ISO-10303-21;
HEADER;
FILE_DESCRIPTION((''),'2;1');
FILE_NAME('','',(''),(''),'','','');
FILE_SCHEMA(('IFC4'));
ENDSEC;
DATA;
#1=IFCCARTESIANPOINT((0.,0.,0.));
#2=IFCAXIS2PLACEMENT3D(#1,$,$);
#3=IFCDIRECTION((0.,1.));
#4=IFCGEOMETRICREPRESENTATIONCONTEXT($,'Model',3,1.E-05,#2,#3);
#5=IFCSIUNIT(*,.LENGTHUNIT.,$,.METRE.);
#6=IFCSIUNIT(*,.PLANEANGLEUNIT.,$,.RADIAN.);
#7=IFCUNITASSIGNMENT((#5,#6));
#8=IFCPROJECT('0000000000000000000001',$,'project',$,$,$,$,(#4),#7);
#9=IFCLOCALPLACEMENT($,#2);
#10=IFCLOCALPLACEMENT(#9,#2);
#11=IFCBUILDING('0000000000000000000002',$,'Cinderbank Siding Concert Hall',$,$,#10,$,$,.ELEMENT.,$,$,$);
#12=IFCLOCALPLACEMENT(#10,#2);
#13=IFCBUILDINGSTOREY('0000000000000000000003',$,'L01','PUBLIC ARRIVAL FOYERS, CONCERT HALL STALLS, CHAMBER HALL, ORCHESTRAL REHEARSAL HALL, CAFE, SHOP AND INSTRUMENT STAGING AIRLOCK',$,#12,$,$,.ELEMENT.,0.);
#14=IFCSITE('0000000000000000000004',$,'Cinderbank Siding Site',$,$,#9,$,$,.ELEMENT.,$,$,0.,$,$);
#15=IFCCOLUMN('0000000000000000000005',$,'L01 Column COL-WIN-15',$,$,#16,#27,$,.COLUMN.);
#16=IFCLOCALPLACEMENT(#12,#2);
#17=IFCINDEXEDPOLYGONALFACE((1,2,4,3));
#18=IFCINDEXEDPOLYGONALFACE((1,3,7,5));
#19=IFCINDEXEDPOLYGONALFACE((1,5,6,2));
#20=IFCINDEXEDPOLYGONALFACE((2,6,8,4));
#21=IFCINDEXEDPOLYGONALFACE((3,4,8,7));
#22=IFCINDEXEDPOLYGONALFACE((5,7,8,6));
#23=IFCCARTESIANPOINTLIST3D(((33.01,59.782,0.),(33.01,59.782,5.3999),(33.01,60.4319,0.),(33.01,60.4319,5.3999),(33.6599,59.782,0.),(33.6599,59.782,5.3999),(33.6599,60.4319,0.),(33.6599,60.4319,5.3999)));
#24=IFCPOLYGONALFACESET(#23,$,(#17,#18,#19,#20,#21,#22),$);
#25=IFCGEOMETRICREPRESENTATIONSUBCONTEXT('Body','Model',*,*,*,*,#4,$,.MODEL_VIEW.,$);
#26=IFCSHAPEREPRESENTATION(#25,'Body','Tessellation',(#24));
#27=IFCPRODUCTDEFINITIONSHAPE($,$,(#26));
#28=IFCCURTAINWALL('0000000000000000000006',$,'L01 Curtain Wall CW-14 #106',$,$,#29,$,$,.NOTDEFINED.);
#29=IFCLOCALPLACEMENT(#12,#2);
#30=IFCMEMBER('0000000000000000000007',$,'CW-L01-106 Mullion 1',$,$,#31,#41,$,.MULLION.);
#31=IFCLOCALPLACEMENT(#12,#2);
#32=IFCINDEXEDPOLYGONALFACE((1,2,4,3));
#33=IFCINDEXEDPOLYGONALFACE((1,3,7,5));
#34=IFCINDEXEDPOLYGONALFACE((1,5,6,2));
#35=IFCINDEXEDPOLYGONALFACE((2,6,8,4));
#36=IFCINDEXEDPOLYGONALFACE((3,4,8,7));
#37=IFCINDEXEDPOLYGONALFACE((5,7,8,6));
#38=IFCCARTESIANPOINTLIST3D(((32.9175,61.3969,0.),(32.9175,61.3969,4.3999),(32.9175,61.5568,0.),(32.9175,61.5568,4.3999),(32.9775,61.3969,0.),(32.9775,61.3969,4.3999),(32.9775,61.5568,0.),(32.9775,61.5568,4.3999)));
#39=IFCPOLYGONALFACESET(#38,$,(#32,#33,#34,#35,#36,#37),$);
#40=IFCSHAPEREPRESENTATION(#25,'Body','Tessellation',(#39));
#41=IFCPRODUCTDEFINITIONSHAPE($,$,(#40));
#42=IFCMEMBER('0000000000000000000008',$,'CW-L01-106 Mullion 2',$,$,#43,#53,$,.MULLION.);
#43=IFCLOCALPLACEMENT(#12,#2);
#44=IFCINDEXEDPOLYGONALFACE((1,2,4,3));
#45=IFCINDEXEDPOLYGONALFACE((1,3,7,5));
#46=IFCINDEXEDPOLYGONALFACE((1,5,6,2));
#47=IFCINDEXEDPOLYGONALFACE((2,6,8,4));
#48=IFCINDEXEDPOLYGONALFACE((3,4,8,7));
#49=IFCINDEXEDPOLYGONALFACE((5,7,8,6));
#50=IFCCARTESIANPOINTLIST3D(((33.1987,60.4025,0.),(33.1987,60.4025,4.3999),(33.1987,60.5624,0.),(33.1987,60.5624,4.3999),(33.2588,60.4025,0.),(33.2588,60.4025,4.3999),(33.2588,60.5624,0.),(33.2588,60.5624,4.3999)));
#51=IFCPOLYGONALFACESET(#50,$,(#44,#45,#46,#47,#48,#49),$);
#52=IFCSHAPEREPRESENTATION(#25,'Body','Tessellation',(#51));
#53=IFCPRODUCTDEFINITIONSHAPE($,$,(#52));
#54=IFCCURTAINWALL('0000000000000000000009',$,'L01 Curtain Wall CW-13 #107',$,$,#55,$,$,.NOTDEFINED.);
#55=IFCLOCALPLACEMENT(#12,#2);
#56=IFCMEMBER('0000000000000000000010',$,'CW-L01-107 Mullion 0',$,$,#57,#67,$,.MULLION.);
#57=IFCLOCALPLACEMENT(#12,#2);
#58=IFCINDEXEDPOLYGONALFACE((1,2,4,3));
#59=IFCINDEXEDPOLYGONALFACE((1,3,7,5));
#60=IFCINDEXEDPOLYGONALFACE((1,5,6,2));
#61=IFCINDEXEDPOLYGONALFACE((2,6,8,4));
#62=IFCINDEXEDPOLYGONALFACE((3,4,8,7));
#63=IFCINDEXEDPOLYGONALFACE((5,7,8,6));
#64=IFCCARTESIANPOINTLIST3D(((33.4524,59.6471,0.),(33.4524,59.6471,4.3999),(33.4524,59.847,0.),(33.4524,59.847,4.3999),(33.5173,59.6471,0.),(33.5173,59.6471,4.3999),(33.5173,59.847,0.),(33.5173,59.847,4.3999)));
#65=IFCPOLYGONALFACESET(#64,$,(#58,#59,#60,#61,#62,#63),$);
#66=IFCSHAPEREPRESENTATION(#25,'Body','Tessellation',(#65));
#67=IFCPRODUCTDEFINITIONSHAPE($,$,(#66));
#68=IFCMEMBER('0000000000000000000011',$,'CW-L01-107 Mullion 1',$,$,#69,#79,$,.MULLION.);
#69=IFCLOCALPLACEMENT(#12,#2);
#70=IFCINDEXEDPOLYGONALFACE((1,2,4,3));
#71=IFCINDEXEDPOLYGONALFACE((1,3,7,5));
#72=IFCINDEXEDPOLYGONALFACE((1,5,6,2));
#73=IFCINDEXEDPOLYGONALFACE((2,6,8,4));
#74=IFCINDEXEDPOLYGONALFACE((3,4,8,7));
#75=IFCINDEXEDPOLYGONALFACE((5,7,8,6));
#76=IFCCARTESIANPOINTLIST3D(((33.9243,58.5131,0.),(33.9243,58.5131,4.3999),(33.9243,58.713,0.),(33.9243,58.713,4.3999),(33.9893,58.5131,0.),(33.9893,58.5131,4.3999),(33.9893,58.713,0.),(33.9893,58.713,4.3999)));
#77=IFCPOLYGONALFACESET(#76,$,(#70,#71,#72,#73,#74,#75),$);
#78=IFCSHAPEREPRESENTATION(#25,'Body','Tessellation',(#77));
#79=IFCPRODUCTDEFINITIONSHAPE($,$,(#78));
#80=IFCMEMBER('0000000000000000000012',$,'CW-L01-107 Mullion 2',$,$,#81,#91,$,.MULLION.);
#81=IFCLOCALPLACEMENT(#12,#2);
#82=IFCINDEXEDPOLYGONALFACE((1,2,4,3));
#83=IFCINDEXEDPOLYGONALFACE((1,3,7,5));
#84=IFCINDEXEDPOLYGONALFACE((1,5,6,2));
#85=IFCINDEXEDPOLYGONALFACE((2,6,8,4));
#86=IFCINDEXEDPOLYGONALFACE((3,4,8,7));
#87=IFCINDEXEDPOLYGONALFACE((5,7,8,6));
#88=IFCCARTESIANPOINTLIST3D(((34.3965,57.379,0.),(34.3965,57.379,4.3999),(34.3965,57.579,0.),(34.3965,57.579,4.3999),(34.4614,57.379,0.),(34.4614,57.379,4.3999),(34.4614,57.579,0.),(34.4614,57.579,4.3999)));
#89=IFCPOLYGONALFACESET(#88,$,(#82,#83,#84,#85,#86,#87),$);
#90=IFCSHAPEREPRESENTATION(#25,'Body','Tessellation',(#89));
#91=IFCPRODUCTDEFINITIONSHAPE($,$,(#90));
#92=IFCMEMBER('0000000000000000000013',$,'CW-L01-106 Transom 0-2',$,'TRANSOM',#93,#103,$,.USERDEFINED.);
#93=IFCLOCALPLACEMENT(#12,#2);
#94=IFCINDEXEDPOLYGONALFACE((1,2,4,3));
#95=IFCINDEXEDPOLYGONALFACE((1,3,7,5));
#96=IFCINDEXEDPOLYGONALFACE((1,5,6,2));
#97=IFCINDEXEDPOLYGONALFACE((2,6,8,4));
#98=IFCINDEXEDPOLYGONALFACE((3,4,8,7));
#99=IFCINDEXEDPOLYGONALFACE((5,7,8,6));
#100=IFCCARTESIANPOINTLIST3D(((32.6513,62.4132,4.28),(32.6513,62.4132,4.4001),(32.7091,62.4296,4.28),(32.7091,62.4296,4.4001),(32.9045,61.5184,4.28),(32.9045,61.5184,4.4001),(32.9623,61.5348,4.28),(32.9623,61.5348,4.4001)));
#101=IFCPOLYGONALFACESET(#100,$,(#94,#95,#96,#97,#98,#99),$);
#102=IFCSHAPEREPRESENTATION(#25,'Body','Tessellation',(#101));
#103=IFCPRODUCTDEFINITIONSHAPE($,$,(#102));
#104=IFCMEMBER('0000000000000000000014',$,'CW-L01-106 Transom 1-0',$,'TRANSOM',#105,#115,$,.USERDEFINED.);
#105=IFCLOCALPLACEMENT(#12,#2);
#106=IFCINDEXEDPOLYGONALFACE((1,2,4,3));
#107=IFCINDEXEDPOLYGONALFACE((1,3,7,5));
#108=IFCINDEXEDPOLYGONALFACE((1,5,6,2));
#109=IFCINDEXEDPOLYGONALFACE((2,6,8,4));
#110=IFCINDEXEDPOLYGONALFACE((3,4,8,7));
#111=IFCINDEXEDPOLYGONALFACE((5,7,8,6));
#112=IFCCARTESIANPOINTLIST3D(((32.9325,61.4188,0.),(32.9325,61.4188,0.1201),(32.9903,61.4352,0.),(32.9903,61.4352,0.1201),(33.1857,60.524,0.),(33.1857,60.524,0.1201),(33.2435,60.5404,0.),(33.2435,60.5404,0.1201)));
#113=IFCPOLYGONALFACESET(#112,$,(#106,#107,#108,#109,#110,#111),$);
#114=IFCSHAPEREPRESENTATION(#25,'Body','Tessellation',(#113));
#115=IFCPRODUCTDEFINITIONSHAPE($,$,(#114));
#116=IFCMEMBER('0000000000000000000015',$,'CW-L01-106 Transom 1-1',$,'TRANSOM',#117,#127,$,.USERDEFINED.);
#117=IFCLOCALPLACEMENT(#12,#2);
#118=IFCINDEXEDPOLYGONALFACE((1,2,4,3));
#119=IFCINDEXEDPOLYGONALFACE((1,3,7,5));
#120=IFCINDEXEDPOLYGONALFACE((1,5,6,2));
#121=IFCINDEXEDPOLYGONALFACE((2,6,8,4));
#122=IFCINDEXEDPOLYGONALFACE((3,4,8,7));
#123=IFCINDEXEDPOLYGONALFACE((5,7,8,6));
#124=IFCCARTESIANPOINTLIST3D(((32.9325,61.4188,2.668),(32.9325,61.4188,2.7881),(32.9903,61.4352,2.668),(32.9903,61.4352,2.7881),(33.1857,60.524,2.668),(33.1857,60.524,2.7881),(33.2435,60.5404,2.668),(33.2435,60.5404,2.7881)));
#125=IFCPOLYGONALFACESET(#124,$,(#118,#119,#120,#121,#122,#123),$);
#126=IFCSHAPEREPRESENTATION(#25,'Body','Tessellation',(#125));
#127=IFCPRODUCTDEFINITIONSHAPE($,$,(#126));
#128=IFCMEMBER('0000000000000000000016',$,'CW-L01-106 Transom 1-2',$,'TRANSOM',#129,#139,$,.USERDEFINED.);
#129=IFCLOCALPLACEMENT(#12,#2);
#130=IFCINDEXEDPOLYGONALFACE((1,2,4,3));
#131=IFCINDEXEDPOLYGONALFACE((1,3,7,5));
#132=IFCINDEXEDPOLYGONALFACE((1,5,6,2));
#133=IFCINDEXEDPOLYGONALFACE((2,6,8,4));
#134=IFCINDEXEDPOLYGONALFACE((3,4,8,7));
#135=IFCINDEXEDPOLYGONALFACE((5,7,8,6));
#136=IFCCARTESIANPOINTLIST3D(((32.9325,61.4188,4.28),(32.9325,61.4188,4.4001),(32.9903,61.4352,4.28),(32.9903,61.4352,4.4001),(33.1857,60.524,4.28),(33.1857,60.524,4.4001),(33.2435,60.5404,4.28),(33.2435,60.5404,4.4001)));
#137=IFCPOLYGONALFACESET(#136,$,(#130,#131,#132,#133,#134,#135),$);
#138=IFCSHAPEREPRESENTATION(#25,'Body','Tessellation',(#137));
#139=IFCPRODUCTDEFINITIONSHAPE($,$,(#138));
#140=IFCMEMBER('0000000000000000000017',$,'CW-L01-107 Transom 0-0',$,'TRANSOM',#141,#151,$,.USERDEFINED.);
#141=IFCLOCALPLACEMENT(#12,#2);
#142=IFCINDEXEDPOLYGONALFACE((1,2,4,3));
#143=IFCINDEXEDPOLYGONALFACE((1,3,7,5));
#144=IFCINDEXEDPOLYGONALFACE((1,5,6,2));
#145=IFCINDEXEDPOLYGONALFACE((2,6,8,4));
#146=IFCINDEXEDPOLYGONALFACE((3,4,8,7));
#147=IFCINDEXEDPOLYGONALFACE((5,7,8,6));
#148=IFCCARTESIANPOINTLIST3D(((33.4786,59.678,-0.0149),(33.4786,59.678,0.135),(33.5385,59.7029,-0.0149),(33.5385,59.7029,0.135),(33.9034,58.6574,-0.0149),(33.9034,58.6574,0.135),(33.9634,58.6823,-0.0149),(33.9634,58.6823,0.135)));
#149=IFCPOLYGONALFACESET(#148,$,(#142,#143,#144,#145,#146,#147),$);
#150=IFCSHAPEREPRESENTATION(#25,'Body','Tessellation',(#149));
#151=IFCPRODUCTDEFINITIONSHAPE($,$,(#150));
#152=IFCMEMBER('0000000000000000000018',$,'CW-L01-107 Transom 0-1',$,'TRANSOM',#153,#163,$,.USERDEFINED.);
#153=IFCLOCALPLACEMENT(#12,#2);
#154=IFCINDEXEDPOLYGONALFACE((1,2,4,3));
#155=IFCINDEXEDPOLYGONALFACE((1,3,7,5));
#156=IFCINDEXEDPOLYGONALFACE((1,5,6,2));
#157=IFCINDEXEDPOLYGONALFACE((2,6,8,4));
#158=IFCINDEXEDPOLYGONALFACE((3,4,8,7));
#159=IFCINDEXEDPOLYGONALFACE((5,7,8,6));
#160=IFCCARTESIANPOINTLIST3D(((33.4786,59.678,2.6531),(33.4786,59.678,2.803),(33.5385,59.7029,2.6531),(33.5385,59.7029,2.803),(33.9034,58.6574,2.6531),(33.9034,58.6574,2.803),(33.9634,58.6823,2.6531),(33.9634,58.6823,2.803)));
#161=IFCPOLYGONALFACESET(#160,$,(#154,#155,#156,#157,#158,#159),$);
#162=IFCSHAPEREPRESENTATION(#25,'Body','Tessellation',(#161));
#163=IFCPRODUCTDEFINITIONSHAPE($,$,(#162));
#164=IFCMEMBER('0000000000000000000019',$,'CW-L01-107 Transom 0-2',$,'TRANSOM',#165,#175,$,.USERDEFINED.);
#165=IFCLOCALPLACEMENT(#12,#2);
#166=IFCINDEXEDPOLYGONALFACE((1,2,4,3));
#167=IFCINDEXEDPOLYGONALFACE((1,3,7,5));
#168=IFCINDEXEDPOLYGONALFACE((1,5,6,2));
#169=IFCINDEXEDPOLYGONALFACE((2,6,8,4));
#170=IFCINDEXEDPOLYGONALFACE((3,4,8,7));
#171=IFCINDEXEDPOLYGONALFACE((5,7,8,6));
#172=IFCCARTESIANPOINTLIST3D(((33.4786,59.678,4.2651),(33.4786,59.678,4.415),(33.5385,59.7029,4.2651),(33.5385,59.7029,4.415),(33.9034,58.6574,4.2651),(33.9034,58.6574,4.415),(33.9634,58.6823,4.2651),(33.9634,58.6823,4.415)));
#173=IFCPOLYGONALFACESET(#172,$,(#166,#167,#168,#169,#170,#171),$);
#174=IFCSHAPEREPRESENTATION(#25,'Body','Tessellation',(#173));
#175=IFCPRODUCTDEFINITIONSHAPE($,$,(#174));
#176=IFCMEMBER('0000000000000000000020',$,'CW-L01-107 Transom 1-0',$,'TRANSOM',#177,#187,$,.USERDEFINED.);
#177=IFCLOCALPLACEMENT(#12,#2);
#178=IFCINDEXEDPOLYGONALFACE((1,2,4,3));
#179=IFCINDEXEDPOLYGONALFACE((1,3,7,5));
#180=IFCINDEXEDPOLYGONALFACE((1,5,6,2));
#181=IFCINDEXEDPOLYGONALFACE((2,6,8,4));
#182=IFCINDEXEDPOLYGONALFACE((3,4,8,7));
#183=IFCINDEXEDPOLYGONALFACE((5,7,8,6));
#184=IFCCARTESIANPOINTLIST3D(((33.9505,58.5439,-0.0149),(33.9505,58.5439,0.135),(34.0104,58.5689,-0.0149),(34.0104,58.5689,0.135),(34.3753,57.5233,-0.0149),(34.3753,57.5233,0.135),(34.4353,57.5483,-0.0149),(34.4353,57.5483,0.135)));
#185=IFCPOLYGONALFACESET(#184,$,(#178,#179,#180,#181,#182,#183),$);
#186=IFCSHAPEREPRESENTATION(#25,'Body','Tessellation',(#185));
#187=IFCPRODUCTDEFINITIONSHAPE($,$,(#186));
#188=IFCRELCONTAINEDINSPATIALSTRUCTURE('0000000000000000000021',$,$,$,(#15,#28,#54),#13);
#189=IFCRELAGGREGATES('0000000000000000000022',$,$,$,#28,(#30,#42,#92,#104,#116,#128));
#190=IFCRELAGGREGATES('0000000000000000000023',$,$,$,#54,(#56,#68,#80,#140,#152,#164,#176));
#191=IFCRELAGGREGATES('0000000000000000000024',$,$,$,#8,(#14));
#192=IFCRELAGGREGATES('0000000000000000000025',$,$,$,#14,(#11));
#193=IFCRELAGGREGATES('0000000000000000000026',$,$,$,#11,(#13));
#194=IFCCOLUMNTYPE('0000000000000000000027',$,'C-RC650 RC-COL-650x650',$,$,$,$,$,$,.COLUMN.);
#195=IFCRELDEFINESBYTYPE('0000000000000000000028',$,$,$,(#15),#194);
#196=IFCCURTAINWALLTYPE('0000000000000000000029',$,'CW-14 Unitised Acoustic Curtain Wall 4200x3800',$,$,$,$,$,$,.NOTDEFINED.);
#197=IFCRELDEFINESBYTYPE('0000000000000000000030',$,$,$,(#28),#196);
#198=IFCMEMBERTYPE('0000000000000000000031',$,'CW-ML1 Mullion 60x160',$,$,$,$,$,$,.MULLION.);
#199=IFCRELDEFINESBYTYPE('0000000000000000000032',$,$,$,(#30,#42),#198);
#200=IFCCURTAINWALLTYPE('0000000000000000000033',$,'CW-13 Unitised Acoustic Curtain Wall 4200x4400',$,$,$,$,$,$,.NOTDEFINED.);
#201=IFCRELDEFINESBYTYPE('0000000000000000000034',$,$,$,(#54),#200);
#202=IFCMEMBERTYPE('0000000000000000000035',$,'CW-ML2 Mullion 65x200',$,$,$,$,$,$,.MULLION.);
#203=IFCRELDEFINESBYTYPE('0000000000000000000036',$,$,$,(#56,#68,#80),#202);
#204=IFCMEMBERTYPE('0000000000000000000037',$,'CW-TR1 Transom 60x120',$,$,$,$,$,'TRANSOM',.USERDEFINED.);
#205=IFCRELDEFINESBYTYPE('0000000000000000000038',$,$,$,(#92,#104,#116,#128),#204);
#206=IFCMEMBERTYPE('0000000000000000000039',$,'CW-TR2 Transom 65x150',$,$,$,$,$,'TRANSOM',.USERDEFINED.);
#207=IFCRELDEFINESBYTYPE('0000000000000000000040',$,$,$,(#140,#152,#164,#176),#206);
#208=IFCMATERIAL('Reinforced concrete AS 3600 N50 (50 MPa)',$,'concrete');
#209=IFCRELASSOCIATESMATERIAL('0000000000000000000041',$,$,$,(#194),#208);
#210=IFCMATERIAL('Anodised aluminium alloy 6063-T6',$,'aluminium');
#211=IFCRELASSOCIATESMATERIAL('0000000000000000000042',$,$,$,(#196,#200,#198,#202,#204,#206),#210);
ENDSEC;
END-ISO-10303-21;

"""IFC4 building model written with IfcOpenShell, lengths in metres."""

from ifc_helpers import new_model, si_unit, direction, frame, origin, origin_2d, place, context, subcontext, project, spatial, rectangle, extrude, material, material_profile, profile_set, type_object, element, aggregate, save


model = new_model("IFC4")

# Units and contexts
model_context = context("Model", 3, precision=1e-05, world=origin(), true_north=direction((0.0, 1.0)))
body_context = subcontext(model_context, "Body", "Model", "MODEL_VIEW")
ifc_project = project(units=[si_unit("LENGTHUNIT", "METRE"), si_unit("PLANEANGLEUNIT", "RADIAN")], contexts=[model_context])

# Site, building, storey
site_placement = place(None, origin())
site = spatial("IfcSite", under=ifc_project, at=site_placement, Name="Cinderbank Siding Site", CompositionType="ELEMENT", RefElevation=0.0)
building_placement = place(site_placement, origin())
building = spatial("IfcBuilding", under=site, at=building_placement, Name="Cinderbank Siding Concert Hall", CompositionType="ELEMENT")
storey_placement = place(building_placement, origin())
storey = spatial("IfcBuildingStorey", under=building, at=storey_placement, Name="L01", Description="PUBLIC ARRIVAL FOYERS, CONCERT HALL STALLS, CHAMBER HALL, ORCHESTRAL REHEARSAL HALL, CAFE, SHOP AND INSTRUMENT STAGING AIRLOCK", CompositionType="ELEMENT", Elevation=0.0)

# Column
ifc_material_1 = material(Name="Reinforced concrete AS 3600 N50 (50 MPa)", Category="concrete")
ifc_material_profile_1 = material_profile(ifc_material_1, rectangle(XDim=0.6499, YDim=0.6499, at=origin_2d()), Name="RC-COL-650x650", Category="LoadBearing")
ifc_profile_set_1 = profile_set([ifc_material_profile_1], Name="Reinforced concrete AS 3600 N50 (50 MPa)")
column_type = type_object("IfcColumnType", Name="C-RC650 RC-COL-650x650", PredefinedType="COLUMN", material=ifc_profile_set_1)
column_placement = place(storey_placement, frame((33.335, 60.1069, 0.0), z_axis=(0.0, 0.0, 1.0), x_axis=(1.0, 0.0, 0.0)))
element("IfcColumn", 1, at=column_placement, inside=storey, type_object=column_type, Name="L01 Column COL-WIN-15", PredefinedType="COLUMN", context=body_context, shape_type="SweptSolid", body=[
    extrude(rectangle(XDim=0.6499, YDim=0.6499, at=origin_2d()), origin(), (0.0, 0.0, 1.0), 5.3999),
])

# Curtain walls, members
ifc_material_2 = material(Name="Anodised aluminium alloy 6063-T6", Category="aluminium")
curtain_wall_type_1 = type_object("IfcCurtainWallType", Name="CW-14 Unitised Acoustic Curtain Wall 4200x3800", PredefinedType="NOTDEFINED", material=ifc_material_2)
curtain_wall_1_placement = place(storey_placement, origin())
curtain_wall_1 = element("IfcCurtainWall", 2, at=curtain_wall_1_placement, inside=storey, type_object=curtain_wall_type_1, Name="L01 Curtain Wall CW-14 #106", PredefinedType="NOTDEFINED")
ifc_material_profile_2 = material_profile(ifc_material_2, rectangle(XDim=0.0601, YDim=0.1599, at=origin_2d()), Name="ALU-MULL-60x160", Category="LoadBearing")
ifc_profile_set_2 = profile_set([ifc_material_profile_2], Name="Anodised aluminium alloy 6063-T6")
member_type_1 = type_object("IfcMemberType", Name="CW-ML1 Mullion 60x160", PredefinedType="MULLION", material=ifc_profile_set_2)
member_1_placement = place(storey_placement, frame((32.9475, 61.4768, 0.0), z_axis=(0.0, 0.0, 1.0), x_axis=(1.0, 0.0, 0.0)))
member_1 = element("IfcMember", 3, at=member_1_placement, type_object=member_type_1, Name="CW-L01-106 Mullion 1", PredefinedType="MULLION", context=body_context, shape_type="SweptSolid", body=[
    extrude(rectangle(XDim=0.0601, YDim=0.1599, at=origin_2d()), origin(), (0.0, 0.0, 1.0), 4.3999),
])
member_2_placement = place(storey_placement, frame((33.2288, 60.4824, 0.0), z_axis=(0.0, 0.0, 1.0), x_axis=(1.0, 0.0, 0.0)))
member_2 = element("IfcMember", 4, at=member_2_placement, type_object=member_type_1, Name="CW-L01-106 Mullion 2", PredefinedType="MULLION", context=body_context, shape_type="SweptSolid", body=[
    extrude(rectangle(XDim=0.0601, YDim=0.1599, at=origin_2d()), origin(), (0.0, 0.0, 1.0), 4.3999),
])
curtain_wall_type_2 = type_object("IfcCurtainWallType", Name="CW-13 Unitised Acoustic Curtain Wall 4200x4400", PredefinedType="NOTDEFINED", material=ifc_material_2)
curtain_wall_2_placement = place(storey_placement, origin())
curtain_wall_2 = element("IfcCurtainWall", 5, at=curtain_wall_2_placement, inside=storey, type_object=curtain_wall_type_2, Name="L01 Curtain Wall CW-13 #107", PredefinedType="NOTDEFINED")
ifc_material_profile_3 = material_profile(ifc_material_2, rectangle(XDim=0.0649, YDim=0.2, at=origin_2d()), Name="ALU-MULL-65x200", Category="LoadBearing")
ifc_profile_set_3 = profile_set([ifc_material_profile_3], Name="Anodised aluminium alloy 6063-T6")
member_type_2 = type_object("IfcMemberType", Name="CW-ML2 Mullion 65x200", PredefinedType="MULLION", material=ifc_profile_set_3)
member_3_placement = place(storey_placement, frame((33.4849, 59.7471, 0.0), z_axis=(0.0, 0.0, 1.0), x_axis=(1.0, 0.0, 0.0)))
member_3 = element("IfcMember", 6, at=member_3_placement, type_object=member_type_2, Name="CW-L01-107 Mullion 0", PredefinedType="MULLION", context=body_context, shape_type="SweptSolid", body=[
    extrude(rectangle(XDim=0.0649, YDim=0.2, at=origin_2d()), origin(), (0.0, 0.0, 1.0), 4.3999),
])
member_4_placement = place(storey_placement, frame((33.9568, 58.613, 0.0), z_axis=(0.0, 0.0, 1.0), x_axis=(1.0, 0.0, 0.0)))
member_4 = element("IfcMember", 7, at=member_4_placement, type_object=member_type_2, Name="CW-L01-107 Mullion 1", PredefinedType="MULLION", context=body_context, shape_type="SweptSolid", body=[
    extrude(rectangle(XDim=0.0649, YDim=0.2, at=origin_2d()), origin(), (0.0, 0.0, 1.0), 4.3999),
])
member_5_placement = place(storey_placement, frame((34.429, 57.479, 0.0), z_axis=(0.0, 0.0, 1.0), x_axis=(1.0, 0.0, 0.0)))
member_5 = element("IfcMember", 8, at=member_5_placement, type_object=member_type_2, Name="CW-L01-107 Mullion 2", PredefinedType="MULLION", context=body_context, shape_type="SweptSolid", body=[
    extrude(rectangle(XDim=0.0649, YDim=0.2, at=origin_2d()), origin(), (0.0, 0.0, 1.0), 4.3999),
])

# Members
ifc_material_profile_4 = material_profile(ifc_material_2, rectangle(XDim=0.0601, YDim=0.1201, at=origin_2d()), Name="ALU-TRAN-60x120", Category="LoadBearing")
ifc_profile_set_4 = profile_set([ifc_material_profile_4], Name="Anodised aluminium alloy 6063-T6")
member_type_3 = type_object("IfcMemberType", Name="CW-TR1 Transom 60x120", ElementType="TRANSOM", PredefinedType="USERDEFINED", material=ifc_profile_set_4)
member_6_placement = place(storey_placement, frame((32.6802, 62.4214, 4.3401), z_axis=(0.272258, -0.962224, 0.0), x_axis=(0.962224, 0.272258, 0.0)))
member_6 = element("IfcMember", 9, at=member_6_placement, type_object=member_type_3, Name="CW-L01-106 Transom 0-2", ObjectType="TRANSOM", PredefinedType="USERDEFINED", context=body_context, shape_type="SweptSolid", body=[
    extrude(rectangle(XDim=0.0601, YDim=0.1201, at=origin_2d()), origin(), (0.0, 0.0, 1.0), 0.9299),
])
member_7_placement = place(storey_placement, frame((32.9614, 61.427, 0.0601), z_axis=(0.272258, -0.962224, 0.0), x_axis=(0.962224, 0.272258, 0.0)))
member_7 = element("IfcMember", 10, at=member_7_placement, type_object=member_type_3, Name="CW-L01-106 Transom 1-0", ObjectType="TRANSOM", PredefinedType="USERDEFINED", context=body_context, shape_type="SweptSolid", body=[
    extrude(rectangle(XDim=0.0601, YDim=0.1201, at=origin_2d()), origin(), (0.0, 0.0, 1.0), 0.9299),
])
member_8_placement = place(storey_placement, frame((32.9614, 61.427, 2.728), z_axis=(0.272258, -0.962224, 0.0), x_axis=(0.962224, 0.272258, 0.0)))
member_8 = element("IfcMember", 11, at=member_8_placement, type_object=member_type_3, Name="CW-L01-106 Transom 1-1", ObjectType="TRANSOM", PredefinedType="USERDEFINED", context=body_context, shape_type="SweptSolid", body=[
    extrude(rectangle(XDim=0.0601, YDim=0.1201, at=origin_2d()), origin(), (0.0, 0.0, 1.0), 0.9299),
])
member_9_placement = place(storey_placement, frame((32.9614, 61.427, 4.3401), z_axis=(0.272258, -0.962224, 0.0), x_axis=(0.962224, 0.272258, 0.0)))
member_9 = element("IfcMember", 12, at=member_9_placement, type_object=member_type_3, Name="CW-L01-106 Transom 1-2", ObjectType="TRANSOM", PredefinedType="USERDEFINED", context=body_context, shape_type="SweptSolid", body=[
    extrude(rectangle(XDim=0.0601, YDim=0.1201, at=origin_2d()), origin(), (0.0, 0.0, 1.0), 0.9299),
])
ifc_material_profile_5 = material_profile(ifc_material_2, rectangle(XDim=0.0649, YDim=0.1499, at=origin_2d()), Name="ALU-TRAN-65x150", Category="LoadBearing")
ifc_profile_set_5 = profile_set([ifc_material_profile_5], Name="Anodised aluminium alloy 6063-T6")
member_type_4 = type_object("IfcMemberType", Name="CW-TR2 Transom 65x150", ElementType="TRANSOM", PredefinedType="USERDEFINED", material=ifc_profile_set_5)
member_10_placement = place(storey_placement, frame((33.5085, 59.6904, 0.0601), z_axis=(0.384302, -0.923208, 0.0), x_axis=(0.923208, 0.384302, 0.0)))
member_10 = element("IfcMember", 13, at=member_10_placement, type_object=member_type_4, Name="CW-L01-107 Transom 0-0", ObjectType="TRANSOM", PredefinedType="USERDEFINED", context=body_context, shape_type="SweptSolid", body=[
    extrude(rectangle(XDim=0.0649, YDim=0.1499, at=origin_2d()), origin(), (0.0, 0.0, 1.0), 1.1055),
])
member_11_placement = place(storey_placement, frame((33.5085, 59.6904, 2.728), z_axis=(0.384302, -0.923208, 0.0), x_axis=(0.923208, 0.384302, 0.0)))
member_11 = element("IfcMember", 14, at=member_11_placement, type_object=member_type_4, Name="CW-L01-107 Transom 0-1", ObjectType="TRANSOM", PredefinedType="USERDEFINED", context=body_context, shape_type="SweptSolid", body=[
    extrude(rectangle(XDim=0.0649, YDim=0.1499, at=origin_2d()), origin(), (0.0, 0.0, 1.0), 1.1055),
])
member_12_placement = place(storey_placement, frame((33.5085, 59.6904, 4.3401), z_axis=(0.384302, -0.923208, 0.0), x_axis=(0.923208, 0.384302, 0.0)))
member_12 = element("IfcMember", 15, at=member_12_placement, type_object=member_type_4, Name="CW-L01-107 Transom 0-2", ObjectType="TRANSOM", PredefinedType="USERDEFINED", context=body_context, shape_type="SweptSolid", body=[
    extrude(rectangle(XDim=0.0649, YDim=0.1499, at=origin_2d()), origin(), (0.0, 0.0, 1.0), 1.1055),
])
member_13_placement = place(storey_placement, frame((33.9805, 58.5564, 0.0601), z_axis=(0.384302, -0.923208, 0.0), x_axis=(0.923208, 0.384302, 0.0)))
member_13 = element("IfcMember", 16, at=member_13_placement, type_object=member_type_4, Name="CW-L01-107 Transom 1-0", ObjectType="TRANSOM", PredefinedType="USERDEFINED", context=body_context, shape_type="SweptSolid", body=[
    extrude(rectangle(XDim=0.0649, YDim=0.1499, at=origin_2d()), origin(), (0.0, 0.0, 1.0), 1.1055),
])

aggregate(curtain_wall_1, [member_1, member_2, member_6, member_7, member_8, member_9])
aggregate(curtain_wall_2, [member_3, member_4, member_5, member_10, member_11, member_12, member_13])

save(model, "model.ifc")
